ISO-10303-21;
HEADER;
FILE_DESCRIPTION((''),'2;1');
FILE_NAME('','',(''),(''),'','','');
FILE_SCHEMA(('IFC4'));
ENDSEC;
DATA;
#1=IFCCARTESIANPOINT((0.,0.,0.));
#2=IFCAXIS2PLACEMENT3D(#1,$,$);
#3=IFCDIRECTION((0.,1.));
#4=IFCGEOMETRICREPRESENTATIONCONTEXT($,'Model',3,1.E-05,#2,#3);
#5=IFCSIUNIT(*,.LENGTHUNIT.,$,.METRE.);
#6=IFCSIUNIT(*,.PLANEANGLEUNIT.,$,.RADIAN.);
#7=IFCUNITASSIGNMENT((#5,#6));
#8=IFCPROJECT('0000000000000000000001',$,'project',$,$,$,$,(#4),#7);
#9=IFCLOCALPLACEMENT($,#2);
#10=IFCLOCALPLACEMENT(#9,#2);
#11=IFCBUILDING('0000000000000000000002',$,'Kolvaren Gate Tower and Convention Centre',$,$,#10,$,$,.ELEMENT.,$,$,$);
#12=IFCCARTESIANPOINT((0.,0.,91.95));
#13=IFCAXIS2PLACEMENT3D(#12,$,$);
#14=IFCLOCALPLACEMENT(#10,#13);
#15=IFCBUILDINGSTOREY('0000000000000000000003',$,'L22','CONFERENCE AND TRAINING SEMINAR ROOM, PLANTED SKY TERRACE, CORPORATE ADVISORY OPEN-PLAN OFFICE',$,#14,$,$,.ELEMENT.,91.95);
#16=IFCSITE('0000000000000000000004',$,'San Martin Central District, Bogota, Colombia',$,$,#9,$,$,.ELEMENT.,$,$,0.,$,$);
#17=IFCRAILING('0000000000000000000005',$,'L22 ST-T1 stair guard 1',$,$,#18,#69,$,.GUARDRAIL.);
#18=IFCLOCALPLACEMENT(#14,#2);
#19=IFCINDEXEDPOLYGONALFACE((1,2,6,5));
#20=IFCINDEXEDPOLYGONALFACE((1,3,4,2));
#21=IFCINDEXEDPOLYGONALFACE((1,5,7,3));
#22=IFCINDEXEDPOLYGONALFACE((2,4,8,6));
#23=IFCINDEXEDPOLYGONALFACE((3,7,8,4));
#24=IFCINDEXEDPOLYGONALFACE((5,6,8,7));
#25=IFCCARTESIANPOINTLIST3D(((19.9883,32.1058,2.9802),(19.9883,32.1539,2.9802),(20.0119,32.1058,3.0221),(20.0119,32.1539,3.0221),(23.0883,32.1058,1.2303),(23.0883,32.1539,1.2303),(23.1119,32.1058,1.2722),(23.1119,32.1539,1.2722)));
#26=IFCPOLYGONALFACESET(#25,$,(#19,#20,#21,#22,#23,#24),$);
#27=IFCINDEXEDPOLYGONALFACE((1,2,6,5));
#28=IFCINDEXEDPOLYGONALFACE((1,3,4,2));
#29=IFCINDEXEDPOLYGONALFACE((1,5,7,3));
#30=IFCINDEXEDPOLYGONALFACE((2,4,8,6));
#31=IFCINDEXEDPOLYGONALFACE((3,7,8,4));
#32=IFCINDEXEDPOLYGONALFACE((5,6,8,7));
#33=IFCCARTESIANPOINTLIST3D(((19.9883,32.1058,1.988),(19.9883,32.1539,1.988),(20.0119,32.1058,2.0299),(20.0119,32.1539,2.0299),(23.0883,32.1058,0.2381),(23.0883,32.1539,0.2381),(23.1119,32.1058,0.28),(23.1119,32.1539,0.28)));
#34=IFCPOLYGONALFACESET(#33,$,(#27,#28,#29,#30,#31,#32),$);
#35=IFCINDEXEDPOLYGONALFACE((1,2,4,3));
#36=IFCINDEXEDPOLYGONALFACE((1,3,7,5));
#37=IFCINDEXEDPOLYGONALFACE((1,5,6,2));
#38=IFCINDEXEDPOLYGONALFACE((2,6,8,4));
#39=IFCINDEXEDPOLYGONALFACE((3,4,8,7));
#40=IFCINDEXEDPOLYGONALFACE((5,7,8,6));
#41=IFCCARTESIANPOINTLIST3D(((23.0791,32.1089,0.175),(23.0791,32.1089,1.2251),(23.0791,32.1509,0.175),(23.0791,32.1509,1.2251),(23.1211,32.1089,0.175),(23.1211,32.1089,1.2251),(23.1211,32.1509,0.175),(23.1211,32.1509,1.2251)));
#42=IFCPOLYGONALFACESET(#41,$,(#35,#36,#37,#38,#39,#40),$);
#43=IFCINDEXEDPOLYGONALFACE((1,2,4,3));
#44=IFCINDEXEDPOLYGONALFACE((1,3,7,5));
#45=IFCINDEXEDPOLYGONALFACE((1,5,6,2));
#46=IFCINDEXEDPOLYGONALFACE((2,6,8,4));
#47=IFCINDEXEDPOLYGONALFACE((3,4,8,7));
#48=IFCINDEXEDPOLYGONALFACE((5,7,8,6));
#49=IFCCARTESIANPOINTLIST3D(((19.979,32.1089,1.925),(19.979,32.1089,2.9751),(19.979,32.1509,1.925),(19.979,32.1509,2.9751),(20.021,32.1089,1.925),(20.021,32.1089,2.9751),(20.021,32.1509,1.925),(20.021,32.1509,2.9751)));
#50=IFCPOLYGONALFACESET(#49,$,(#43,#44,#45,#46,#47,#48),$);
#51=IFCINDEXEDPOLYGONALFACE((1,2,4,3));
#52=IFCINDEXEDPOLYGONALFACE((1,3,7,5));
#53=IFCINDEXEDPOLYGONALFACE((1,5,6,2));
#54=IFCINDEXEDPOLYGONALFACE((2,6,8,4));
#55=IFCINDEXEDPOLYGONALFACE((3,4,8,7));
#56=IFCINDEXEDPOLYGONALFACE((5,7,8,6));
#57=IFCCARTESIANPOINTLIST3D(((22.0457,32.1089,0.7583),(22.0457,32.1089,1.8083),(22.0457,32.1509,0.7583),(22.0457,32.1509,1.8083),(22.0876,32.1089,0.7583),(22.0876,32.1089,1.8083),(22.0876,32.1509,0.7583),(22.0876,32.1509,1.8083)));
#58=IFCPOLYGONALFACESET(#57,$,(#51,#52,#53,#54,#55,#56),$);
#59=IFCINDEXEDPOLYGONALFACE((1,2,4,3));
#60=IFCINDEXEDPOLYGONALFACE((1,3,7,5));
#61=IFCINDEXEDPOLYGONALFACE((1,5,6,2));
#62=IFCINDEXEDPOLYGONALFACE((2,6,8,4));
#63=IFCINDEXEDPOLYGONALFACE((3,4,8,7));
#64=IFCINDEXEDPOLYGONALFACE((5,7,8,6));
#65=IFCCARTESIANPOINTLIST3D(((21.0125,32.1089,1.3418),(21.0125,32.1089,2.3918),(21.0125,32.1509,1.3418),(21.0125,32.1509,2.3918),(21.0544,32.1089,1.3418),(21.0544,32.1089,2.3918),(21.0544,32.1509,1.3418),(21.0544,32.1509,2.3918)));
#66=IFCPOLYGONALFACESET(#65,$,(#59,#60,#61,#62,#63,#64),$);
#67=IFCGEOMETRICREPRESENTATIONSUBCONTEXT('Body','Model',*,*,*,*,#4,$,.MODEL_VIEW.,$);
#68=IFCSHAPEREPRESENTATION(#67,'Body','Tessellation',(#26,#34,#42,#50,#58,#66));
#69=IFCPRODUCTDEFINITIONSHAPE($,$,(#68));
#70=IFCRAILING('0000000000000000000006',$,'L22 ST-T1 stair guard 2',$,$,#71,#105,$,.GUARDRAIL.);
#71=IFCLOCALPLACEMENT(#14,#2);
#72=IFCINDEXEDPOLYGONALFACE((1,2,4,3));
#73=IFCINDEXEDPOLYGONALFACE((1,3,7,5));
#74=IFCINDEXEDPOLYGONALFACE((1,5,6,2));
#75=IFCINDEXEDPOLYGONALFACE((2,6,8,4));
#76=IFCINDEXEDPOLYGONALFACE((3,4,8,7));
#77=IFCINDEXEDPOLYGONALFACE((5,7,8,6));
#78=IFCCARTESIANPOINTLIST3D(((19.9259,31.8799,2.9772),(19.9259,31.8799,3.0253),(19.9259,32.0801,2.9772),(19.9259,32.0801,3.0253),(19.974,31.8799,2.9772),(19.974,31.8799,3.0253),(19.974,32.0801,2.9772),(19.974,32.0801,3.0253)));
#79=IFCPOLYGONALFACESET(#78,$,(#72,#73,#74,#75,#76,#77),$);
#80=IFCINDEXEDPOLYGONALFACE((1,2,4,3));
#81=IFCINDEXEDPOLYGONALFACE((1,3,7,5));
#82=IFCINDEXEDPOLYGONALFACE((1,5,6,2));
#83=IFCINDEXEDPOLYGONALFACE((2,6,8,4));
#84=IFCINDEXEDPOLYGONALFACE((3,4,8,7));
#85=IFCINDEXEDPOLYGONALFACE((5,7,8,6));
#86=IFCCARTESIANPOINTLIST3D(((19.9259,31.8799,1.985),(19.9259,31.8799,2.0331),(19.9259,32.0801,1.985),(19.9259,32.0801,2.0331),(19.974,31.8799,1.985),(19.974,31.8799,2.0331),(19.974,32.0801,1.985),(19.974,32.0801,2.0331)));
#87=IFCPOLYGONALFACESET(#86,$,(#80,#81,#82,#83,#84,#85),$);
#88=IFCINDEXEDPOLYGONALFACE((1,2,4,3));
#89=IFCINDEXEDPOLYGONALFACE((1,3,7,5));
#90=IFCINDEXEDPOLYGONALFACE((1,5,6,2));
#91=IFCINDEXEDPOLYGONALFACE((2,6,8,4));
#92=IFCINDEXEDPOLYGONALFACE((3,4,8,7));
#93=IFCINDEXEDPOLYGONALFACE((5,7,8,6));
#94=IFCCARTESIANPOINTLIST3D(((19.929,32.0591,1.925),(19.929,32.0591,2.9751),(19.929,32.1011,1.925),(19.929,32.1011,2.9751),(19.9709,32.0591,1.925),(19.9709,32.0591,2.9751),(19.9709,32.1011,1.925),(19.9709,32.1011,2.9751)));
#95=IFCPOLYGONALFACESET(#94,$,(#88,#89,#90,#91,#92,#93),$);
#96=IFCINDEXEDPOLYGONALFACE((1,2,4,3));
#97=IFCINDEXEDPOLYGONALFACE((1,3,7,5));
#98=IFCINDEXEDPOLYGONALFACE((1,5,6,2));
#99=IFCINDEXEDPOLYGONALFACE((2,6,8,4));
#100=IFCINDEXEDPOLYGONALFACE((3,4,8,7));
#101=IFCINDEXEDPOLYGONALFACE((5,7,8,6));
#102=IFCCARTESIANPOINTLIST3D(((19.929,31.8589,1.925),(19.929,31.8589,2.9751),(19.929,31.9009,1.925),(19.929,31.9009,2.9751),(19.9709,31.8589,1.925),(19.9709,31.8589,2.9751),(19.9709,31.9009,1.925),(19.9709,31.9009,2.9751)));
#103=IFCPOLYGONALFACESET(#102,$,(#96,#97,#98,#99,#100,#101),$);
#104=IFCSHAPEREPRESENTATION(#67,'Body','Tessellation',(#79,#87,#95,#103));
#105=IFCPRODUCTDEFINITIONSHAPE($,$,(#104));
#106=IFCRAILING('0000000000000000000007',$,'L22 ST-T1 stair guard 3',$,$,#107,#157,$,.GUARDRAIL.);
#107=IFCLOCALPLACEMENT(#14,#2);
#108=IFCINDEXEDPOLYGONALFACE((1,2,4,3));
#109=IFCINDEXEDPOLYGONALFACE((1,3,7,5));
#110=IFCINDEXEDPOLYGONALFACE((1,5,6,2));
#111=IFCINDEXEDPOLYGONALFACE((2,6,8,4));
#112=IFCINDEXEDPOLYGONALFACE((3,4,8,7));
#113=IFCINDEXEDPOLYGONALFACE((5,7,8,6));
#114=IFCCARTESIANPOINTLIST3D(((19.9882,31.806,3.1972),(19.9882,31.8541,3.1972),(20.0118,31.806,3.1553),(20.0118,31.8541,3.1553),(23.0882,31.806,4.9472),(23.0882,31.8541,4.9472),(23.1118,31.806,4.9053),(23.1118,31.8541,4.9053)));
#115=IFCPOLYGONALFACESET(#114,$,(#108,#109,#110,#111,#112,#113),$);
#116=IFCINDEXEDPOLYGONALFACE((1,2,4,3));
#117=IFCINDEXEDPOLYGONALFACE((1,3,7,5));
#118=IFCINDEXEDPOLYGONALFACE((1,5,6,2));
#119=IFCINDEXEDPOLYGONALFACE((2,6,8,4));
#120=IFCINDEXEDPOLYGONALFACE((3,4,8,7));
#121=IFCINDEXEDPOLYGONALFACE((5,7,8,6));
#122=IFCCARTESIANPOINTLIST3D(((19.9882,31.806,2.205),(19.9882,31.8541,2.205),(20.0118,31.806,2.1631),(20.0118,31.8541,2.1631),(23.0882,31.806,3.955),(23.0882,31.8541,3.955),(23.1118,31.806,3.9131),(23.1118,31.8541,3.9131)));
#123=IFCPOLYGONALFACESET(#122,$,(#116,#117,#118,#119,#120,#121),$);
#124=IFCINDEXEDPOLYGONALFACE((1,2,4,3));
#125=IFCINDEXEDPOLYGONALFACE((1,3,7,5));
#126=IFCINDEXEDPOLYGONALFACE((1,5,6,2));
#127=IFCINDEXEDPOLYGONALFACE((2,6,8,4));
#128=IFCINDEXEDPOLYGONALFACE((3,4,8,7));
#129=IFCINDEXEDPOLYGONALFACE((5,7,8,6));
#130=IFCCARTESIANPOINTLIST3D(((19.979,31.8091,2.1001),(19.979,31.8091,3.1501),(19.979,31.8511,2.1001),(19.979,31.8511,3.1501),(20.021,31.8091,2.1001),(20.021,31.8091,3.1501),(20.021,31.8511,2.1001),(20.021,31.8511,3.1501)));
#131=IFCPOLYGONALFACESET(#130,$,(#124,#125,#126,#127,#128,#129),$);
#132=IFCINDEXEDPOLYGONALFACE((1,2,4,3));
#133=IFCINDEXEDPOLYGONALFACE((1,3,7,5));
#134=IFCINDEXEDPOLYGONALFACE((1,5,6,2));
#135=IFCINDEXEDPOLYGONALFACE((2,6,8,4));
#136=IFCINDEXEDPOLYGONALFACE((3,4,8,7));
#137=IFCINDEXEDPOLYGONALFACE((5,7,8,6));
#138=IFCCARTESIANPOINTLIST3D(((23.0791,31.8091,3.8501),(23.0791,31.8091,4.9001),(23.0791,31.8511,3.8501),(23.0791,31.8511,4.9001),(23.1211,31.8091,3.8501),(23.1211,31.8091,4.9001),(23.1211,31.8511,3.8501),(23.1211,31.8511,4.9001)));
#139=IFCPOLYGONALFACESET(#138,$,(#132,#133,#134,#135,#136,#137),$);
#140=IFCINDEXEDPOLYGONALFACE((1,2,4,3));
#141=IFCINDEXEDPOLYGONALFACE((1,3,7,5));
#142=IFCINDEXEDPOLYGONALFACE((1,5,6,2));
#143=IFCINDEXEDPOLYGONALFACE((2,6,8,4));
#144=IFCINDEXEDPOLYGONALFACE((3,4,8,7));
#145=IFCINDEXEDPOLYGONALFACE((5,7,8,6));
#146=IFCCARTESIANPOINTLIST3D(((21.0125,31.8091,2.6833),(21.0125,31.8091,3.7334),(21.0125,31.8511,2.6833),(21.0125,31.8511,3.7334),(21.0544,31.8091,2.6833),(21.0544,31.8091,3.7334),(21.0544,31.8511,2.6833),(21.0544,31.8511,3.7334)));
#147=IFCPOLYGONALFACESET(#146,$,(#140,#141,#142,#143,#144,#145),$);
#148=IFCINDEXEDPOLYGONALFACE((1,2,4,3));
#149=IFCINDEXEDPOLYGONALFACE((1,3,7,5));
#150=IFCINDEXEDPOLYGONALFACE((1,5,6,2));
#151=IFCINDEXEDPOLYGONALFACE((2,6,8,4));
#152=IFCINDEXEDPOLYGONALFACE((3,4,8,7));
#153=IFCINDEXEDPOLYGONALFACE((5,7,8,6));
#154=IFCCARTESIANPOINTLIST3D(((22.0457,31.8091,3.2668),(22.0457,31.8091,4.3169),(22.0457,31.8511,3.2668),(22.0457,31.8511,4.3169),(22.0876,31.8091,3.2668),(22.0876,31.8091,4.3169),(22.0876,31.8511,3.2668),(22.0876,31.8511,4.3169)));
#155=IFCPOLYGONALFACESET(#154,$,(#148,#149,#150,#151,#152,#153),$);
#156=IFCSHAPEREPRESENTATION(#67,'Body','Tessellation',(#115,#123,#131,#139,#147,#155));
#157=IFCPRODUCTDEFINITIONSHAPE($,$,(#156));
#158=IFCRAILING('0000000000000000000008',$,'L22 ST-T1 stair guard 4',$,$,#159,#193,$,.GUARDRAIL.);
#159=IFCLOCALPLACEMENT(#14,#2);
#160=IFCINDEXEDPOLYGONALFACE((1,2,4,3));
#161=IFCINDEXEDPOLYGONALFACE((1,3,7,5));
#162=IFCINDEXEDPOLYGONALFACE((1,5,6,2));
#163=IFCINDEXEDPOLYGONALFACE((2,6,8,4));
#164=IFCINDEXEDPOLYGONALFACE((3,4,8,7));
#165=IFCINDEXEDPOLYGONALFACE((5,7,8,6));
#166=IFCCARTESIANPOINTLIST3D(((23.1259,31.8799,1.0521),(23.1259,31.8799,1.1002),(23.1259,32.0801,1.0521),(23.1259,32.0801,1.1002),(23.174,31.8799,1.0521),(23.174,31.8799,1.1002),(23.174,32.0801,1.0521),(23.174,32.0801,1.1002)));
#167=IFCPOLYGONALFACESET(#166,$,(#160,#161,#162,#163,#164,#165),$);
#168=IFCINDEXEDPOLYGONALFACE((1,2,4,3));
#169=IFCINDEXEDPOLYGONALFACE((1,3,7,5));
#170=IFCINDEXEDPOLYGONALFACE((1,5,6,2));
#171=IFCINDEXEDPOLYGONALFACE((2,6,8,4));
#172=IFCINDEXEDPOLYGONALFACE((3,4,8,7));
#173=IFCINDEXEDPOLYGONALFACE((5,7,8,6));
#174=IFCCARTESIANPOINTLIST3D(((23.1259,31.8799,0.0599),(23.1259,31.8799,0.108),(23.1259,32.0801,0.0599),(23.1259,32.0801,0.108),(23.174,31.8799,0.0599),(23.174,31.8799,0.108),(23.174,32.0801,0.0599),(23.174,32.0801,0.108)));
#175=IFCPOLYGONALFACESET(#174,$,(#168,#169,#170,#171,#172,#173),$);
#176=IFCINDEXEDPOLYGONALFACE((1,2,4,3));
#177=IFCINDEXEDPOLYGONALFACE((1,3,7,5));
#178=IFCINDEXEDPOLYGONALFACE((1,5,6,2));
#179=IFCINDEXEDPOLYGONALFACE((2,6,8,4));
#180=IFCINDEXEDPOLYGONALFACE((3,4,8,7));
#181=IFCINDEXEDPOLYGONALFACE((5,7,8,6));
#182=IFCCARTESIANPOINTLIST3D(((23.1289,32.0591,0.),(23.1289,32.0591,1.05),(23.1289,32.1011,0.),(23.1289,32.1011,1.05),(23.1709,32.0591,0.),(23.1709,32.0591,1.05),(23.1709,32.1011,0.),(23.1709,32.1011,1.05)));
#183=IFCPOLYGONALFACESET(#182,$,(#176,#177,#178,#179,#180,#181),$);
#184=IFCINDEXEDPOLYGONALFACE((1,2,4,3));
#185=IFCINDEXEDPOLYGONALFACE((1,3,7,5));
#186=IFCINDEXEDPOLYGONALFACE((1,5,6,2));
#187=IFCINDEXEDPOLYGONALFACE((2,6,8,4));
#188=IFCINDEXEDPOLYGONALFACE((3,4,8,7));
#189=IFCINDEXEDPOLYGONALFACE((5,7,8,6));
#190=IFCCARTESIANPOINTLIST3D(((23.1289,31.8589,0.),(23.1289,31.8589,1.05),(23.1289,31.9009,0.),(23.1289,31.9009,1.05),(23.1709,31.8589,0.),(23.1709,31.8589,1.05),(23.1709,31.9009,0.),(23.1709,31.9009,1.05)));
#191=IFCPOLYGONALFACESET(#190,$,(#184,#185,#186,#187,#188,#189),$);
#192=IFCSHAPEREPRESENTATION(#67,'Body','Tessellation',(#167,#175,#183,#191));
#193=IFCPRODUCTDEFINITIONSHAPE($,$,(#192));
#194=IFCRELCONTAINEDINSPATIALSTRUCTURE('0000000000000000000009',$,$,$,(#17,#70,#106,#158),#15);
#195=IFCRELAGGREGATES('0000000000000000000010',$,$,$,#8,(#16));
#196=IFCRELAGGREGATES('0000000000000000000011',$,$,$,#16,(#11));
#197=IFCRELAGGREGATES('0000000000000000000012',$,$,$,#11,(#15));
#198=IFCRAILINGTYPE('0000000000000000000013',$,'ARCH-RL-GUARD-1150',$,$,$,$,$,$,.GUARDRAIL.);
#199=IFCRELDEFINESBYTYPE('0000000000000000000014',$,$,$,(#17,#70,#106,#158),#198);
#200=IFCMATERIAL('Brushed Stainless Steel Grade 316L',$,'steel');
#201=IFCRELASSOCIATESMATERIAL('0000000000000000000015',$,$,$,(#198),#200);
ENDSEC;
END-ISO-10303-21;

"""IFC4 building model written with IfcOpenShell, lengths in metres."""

from ifc_helpers import new_model, si_unit, direction, frame, origin, origin_2d, place, context, subcontext, project, spatial, rectangle, extrude, material, type_object, element, save


model = new_model("IFC4")

# Units and contexts
model_context = context("Model", 3, precision=1e-05, world=origin(), true_north=direction((0.0, 1.0)))
body_context = subcontext(model_context, "Body", "Model", "MODEL_VIEW")
ifc_project = project(units=[si_unit("LENGTHUNIT", "METRE"), si_unit("PLANEANGLEUNIT", "RADIAN")], contexts=[model_context])

# Site, building, storey
site_placement = place(None, origin())
site = spatial("IfcSite", under=ifc_project, at=site_placement, Name="San Martin Central District, Bogota, Colombia", CompositionType="ELEMENT", RefElevation=0.0)
building_placement = place(site_placement, origin())
building = spatial("IfcBuilding", under=site, at=building_placement, Name="Kolvaren Gate Tower and Convention Centre", CompositionType="ELEMENT")
storey_placement = place(building_placement, frame((0.0, 0.0, 91.95)))
storey = spatial("IfcBuildingStorey", under=building, at=storey_placement, Name="L22", Description="CONFERENCE AND TRAINING SEMINAR ROOM, PLANTED SKY TERRACE, CORPORATE ADVISORY OPEN-PLAN OFFICE", CompositionType="ELEMENT", Elevation=91.95)

# Shared definitions
ifc_material_1 = material(Name="Brushed Stainless Steel Grade 316L", Category="steel")

# Railings
railing_type_1 = type_object("IfcRailingType", Name="ARCH-RL-GUARD-1150", PredefinedType="GUARDRAIL", material=ifc_material_1)
railing_1_placement = place(storey_placement, frame((23.1001, 32.1299, 0.175)))
element("IfcRailing", 1, at=railing_1_placement, inside=storey, type_object=railing_type_1, Name="L22 ST-T1 stair guard 1", PredefinedType="GUARDRAIL", context=body_context, shape_type="SweptSolid", body=[
    extrude(rectangle(XDim=0.0481, YDim=0.0481, at=origin_2d()), frame((0.0, 0.0, 1.0762), z_axis=(-0.870831, 0.0, 0.491583), x_axis=(0.0, -1.0, 0.0)), (0.0, 0.0, 1.0), 3.5598),
    extrude(rectangle(XDim=0.0481, YDim=0.0481, at=origin_2d()), frame((0.0, 0.0, 0.084), z_axis=(-0.870831, 0.0, 0.491583), x_axis=(0.0, -1.0, 0.0)), (0.0, 0.0, 1.0), 3.5598),
    extrude(rectangle(XDim=0.042, YDim=0.042, at=origin_2d()), origin(), (0.0, 0.0, 1.0), 1.05),
    extrude(rectangle(XDim=0.042, YDim=0.042, at=origin_2d()), frame((-3.1001, 0.0, 1.75)), (0.0, 0.0, 1.0), 1.05),
    extrude(rectangle(XDim=0.042, YDim=0.042, at=origin_2d()), frame((-1.0334, 0.0, 0.5833)), (0.0, 0.0, 1.0), 1.05),
    extrude(rectangle(XDim=0.042, YDim=0.042, at=origin_2d()), frame((-2.0667, 0.0, 1.1667)), (0.0, 0.0, 1.0), 1.05),
])
railing_2_placement = place(storey_placement, frame((19.95, 32.0801, 1.925)))
element("IfcRailing", 2, at=railing_2_placement, inside=storey, type_object=railing_type_1, Name="L22 ST-T1 stair guard 2", PredefinedType="GUARDRAIL", context=body_context, shape_type="SweptSolid", body=[
    extrude(rectangle(XDim=0.0481, YDim=0.0481, at=origin_2d()), frame((0.0, 0.0, 1.0762), z_axis=(0.0, -1.0, 0.0), x_axis=(1.0, 0.0, 0.0)), (0.0, 0.0, 1.0), 0.2002),
    extrude(rectangle(XDim=0.0481, YDim=0.0481, at=origin_2d()), frame((0.0, 0.0, 0.084), z_axis=(0.0, -1.0, 0.0), x_axis=(1.0, 0.0, 0.0)), (0.0, 0.0, 1.0), 0.2002),
    extrude(rectangle(XDim=0.042, YDim=0.042, at=origin_2d()), origin(), (0.0, 0.0, 1.0), 1.05),
    extrude(rectangle(XDim=0.042, YDim=0.042, at=origin_2d()), frame((0.0, -0.2002, 0.0)), (0.0, 0.0, 1.0), 1.05),
])
railing_3_placement = place(storey_placement, frame((20.0, 31.8301, 2.1001)))
element("IfcRailing", 3, at=railing_3_placement, inside=storey, type_object=railing_type_1, Name="L22 ST-T1 stair guard 3", PredefinedType="GUARDRAIL", context=body_context, shape_type="SweptSolid", body=[
    extrude(rectangle(XDim=0.0481, YDim=0.0481, at=origin_2d()), frame((0.0, 0.0, 1.0762), z_axis=(0.870831, 0.0, 0.491583), x_axis=(0.0, 1.0, 0.0)), (0.0, 0.0, 1.0), 3.5598),
    extrude(rectangle(XDim=0.0481, YDim=0.0481, at=origin_2d()), frame((0.0, 0.0, 0.084), z_axis=(0.870831, 0.0, 0.491583), x_axis=(0.0, 1.0, 0.0)), (0.0, 0.0, 1.0), 3.5598),
    extrude(rectangle(XDim=0.042, YDim=0.042, at=origin_2d()), origin(), (0.0, 0.0, 1.0), 1.05),
    extrude(rectangle(XDim=0.042, YDim=0.042, at=origin_2d()), frame((3.1001, 0.0, 1.75)), (0.0, 0.0, 1.0), 1.05),
    extrude(rectangle(XDim=0.042, YDim=0.042, at=origin_2d()), frame((1.0334, 0.0, 0.5833)), (0.0, 0.0, 1.0), 1.05),
    extrude(rectangle(XDim=0.042, YDim=0.042, at=origin_2d()), frame((2.0667, 0.0, 1.1667)), (0.0, 0.0, 1.0), 1.05),
])
railing_4_placement = place(storey_placement, frame((23.1499, 32.0801, 0.0)))
element("IfcRailing", 4, at=railing_4_placement, inside=storey, type_object=railing_type_1, Name="L22 ST-T1 stair guard 4", PredefinedType="GUARDRAIL", context=body_context, shape_type="SweptSolid", body=[
    extrude(rectangle(XDim=0.0481, YDim=0.0481, at=origin_2d()), frame((0.0, 0.0, 1.0762), z_axis=(0.0, -1.0, 0.0), x_axis=(1.0, 0.0, 0.0)), (0.0, 0.0, 1.0), 0.2002),
    extrude(rectangle(XDim=0.0481, YDim=0.0481, at=origin_2d()), frame((0.0, 0.0, 0.084), z_axis=(0.0, -1.0, 0.0), x_axis=(1.0, 0.0, 0.0)), (0.0, 0.0, 1.0), 0.2002),
    extrude(rectangle(XDim=0.042, YDim=0.042, at=origin_2d()), origin(), (0.0, 0.0, 1.0), 1.05),
    extrude(rectangle(XDim=0.042, YDim=0.042, at=origin_2d()), frame((0.0, -0.2002, 0.0)), (0.0, 0.0, 1.0), 1.05),
])

save(model, "model.ifc")
